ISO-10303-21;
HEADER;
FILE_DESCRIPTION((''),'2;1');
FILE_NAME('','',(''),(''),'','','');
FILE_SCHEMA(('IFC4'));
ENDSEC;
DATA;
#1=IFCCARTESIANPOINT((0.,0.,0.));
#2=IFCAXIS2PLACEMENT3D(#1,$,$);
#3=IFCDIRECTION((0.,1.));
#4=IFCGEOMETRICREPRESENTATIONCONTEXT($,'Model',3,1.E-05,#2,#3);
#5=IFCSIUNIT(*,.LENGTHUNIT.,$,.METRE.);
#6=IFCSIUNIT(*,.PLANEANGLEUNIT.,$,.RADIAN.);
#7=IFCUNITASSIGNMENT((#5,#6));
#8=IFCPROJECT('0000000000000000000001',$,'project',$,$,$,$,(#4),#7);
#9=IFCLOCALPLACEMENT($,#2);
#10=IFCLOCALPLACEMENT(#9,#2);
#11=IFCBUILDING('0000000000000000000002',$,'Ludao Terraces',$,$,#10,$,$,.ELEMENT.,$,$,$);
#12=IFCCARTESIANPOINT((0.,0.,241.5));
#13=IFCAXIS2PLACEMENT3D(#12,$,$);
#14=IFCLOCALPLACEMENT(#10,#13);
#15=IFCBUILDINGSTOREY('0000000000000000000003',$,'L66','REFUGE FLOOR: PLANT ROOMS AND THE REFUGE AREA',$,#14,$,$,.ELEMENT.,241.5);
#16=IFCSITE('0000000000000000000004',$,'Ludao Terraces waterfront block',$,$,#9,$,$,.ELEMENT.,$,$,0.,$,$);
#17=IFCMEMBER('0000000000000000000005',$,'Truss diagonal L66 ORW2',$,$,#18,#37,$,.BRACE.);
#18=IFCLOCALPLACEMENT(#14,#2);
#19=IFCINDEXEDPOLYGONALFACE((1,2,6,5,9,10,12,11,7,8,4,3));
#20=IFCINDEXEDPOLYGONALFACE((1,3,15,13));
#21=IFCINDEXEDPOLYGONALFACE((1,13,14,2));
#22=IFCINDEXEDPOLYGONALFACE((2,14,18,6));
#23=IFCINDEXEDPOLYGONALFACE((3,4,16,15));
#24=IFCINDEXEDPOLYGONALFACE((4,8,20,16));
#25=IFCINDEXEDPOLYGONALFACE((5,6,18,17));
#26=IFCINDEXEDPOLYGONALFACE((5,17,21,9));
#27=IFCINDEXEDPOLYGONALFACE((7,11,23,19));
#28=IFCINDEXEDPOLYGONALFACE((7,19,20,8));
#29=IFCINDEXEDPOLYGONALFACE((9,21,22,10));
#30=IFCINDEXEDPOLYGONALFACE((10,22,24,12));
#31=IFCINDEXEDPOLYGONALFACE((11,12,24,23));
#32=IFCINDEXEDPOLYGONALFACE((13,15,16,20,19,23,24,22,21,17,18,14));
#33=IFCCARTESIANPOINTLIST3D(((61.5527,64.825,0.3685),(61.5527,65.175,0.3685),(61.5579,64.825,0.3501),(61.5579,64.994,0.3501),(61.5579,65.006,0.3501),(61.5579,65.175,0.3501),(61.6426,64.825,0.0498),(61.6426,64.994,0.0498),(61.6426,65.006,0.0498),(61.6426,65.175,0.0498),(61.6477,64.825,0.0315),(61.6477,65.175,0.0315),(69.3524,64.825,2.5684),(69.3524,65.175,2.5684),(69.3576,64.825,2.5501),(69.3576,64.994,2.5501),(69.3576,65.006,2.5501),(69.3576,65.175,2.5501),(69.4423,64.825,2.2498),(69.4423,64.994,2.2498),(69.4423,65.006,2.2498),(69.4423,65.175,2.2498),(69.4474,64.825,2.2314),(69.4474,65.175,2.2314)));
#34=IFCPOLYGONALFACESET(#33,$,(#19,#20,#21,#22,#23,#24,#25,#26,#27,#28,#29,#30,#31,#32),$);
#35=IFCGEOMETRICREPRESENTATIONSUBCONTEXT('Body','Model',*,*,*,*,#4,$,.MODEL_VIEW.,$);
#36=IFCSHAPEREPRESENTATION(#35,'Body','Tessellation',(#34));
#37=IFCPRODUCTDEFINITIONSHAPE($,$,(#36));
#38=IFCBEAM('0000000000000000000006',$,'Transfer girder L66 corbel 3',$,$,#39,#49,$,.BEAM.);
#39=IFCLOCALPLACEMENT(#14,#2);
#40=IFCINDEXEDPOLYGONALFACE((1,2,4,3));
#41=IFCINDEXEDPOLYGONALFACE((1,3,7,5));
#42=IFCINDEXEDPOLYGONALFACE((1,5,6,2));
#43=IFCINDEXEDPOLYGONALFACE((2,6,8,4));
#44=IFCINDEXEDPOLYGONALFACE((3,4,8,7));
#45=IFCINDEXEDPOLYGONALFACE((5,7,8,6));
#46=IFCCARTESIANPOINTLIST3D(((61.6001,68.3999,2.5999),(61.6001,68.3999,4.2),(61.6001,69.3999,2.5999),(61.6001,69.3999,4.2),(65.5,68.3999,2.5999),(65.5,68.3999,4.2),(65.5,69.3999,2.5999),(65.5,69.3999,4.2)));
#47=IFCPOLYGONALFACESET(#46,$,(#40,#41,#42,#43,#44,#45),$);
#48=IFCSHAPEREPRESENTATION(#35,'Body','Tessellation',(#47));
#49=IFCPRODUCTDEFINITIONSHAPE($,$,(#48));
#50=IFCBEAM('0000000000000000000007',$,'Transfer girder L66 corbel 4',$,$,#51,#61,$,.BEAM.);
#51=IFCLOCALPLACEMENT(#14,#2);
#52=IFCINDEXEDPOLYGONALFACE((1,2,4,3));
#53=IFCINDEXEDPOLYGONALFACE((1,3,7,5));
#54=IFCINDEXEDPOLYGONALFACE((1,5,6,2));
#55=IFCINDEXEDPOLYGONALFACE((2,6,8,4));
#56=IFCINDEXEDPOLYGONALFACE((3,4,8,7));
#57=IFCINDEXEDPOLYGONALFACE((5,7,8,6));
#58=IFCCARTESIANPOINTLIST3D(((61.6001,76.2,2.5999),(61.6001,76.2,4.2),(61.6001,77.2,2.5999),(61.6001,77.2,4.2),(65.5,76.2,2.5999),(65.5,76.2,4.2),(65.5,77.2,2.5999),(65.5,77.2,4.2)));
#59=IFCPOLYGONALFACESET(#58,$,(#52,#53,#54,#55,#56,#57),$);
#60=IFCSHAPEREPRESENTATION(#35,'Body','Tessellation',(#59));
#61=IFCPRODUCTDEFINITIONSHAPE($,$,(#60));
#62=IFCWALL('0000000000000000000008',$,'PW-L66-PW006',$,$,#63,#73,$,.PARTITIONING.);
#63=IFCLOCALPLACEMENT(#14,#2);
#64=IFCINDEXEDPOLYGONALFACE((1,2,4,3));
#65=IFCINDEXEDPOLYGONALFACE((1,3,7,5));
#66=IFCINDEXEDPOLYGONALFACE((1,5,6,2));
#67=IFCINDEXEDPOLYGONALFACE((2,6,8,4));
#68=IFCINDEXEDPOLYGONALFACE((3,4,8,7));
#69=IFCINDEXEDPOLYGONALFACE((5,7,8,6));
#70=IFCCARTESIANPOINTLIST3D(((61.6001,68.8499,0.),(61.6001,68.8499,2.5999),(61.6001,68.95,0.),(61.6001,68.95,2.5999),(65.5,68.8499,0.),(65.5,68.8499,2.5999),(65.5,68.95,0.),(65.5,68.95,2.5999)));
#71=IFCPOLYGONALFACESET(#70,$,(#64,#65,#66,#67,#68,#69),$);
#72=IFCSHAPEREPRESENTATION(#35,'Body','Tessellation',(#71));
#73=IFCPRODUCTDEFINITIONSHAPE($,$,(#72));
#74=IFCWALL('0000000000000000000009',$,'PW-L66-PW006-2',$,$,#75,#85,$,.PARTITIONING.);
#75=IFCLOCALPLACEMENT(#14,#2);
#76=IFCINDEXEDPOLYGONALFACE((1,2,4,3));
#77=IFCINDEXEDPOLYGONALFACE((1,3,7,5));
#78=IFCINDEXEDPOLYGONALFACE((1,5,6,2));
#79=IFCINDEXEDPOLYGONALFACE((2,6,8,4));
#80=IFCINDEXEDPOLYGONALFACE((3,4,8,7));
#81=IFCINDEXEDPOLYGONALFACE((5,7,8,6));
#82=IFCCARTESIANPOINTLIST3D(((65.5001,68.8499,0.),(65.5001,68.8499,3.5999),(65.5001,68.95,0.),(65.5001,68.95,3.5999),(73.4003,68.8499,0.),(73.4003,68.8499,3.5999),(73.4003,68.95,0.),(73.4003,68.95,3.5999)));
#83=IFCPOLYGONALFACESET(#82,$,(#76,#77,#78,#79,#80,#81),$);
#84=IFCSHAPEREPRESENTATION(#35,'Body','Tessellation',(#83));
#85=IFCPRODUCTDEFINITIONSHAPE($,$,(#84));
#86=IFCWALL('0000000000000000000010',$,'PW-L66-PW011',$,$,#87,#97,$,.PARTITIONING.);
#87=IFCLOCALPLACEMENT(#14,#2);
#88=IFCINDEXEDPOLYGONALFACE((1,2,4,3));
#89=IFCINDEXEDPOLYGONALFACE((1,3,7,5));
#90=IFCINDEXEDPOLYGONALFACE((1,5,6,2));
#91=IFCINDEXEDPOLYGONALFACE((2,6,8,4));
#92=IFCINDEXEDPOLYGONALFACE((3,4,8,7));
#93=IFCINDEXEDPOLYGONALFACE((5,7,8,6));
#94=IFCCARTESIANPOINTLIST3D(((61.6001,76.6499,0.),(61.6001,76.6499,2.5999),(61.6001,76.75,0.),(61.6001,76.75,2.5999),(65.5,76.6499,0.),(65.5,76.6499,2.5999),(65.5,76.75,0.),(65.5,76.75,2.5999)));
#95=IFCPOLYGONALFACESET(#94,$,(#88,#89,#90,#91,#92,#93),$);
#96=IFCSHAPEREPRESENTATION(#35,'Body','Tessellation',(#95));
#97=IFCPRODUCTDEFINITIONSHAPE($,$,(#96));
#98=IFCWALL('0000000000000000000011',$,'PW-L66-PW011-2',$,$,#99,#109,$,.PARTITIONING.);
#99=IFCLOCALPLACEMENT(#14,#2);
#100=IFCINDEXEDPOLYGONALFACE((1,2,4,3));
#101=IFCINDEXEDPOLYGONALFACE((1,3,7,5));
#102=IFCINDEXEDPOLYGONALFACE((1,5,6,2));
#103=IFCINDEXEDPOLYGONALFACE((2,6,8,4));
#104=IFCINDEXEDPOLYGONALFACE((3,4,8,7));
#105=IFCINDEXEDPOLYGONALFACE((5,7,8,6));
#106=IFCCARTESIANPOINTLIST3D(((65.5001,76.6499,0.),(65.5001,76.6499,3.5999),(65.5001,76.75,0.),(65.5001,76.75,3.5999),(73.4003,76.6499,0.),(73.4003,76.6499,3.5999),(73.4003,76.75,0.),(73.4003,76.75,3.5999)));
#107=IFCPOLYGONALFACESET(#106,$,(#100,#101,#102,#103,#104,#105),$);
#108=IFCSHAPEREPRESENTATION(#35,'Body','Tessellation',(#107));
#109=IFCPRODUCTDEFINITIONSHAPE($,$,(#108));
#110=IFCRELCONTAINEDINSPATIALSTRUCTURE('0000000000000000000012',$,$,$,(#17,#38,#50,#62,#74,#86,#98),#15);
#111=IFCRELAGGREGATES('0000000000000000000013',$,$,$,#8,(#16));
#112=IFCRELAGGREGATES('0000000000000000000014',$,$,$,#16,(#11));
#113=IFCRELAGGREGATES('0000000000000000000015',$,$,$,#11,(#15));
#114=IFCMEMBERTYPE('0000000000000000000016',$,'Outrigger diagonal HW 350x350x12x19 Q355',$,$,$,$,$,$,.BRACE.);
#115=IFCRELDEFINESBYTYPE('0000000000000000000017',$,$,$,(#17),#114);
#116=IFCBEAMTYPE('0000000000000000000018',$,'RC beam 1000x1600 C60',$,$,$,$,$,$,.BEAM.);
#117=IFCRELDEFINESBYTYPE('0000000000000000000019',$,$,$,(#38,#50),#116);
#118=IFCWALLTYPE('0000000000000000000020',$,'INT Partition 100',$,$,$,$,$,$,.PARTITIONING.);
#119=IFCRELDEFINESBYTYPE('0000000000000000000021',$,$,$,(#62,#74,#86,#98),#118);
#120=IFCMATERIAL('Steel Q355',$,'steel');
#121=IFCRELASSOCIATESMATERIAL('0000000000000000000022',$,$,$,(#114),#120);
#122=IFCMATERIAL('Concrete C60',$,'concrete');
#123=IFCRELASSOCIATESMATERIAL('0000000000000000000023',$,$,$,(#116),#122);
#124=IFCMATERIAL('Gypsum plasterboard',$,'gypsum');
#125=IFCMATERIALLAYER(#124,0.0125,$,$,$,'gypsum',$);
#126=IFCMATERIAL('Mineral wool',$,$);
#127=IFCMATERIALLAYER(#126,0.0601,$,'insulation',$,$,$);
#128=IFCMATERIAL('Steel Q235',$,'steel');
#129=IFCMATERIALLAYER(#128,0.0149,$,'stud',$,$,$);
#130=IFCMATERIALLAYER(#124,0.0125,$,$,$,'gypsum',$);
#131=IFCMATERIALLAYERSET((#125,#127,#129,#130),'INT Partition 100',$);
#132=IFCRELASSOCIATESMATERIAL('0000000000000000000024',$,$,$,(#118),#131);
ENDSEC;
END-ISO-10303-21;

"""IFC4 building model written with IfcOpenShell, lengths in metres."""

from ifc_helpers import new_model, si_unit, direction, frame, frame_2d, origin, origin_2d, place, context, subcontext, project, spatial, rectangle, i_section, extrude, material, layer, layer_set, material_profile, profile_set, type_object, element, save


model = new_model("IFC4")

# Units and contexts
model_context = context("Model", 3, precision=1e-05, world=origin(), true_north=direction((0.0, 1.0)))
body_context = subcontext(model_context, "Body", "Model", "MODEL_VIEW")
ifc_project = project(units=[si_unit("LENGTHUNIT", "METRE"), si_unit("PLANEANGLEUNIT", "RADIAN")], contexts=[model_context])

# Site, building, storey
site_placement = place(None, origin())
site = spatial("IfcSite", under=ifc_project, at=site_placement, Name="Ludao Terraces waterfront block", CompositionType="ELEMENT", RefElevation=0.0)
building_placement = place(site_placement, origin())
building = spatial("IfcBuilding", under=site, at=building_placement, Name="Ludao Terraces", CompositionType="ELEMENT")
storey_placement = place(building_placement, frame((0.0, 0.0, 241.5)))
storey = spatial("IfcBuildingStorey", under=building, at=storey_placement, Name="L66", Description="REFUGE FLOOR: PLANT ROOMS AND THE REFUGE AREA", CompositionType="ELEMENT", Elevation=241.5)

# Member
ifc_material_1 = material(Name="Steel Q355", Category="steel")
ifc_material_profile_1 = material_profile(ifc_material_1, i_section(OverallWidth=0.3501, OverallDepth=0.3501, WebThickness=0.012, FlangeThickness=0.019, at=origin_2d()), Name="HW 350X350X12X19")
ifc_profile_set_1 = profile_set([ifc_material_profile_1], Name="Steel Q355")
member_type_1 = type_object("IfcMemberType", Name="Outrigger diagonal HW 350x350x12x19 Q355", PredefinedType="BRACE", material=ifc_profile_set_1)
member_1_placement = place(storey_placement, frame((69.3999, 65.0, 2.3999), z_axis=(-0.962449, 0.0, -0.271461), x_axis=(0.0, -1.0, 0.0)))
element("IfcMember", 1, at=member_1_placement, inside=storey, type_object=member_type_1, Name="Truss diagonal L66 ORW2", PredefinedType="BRACE", context=body_context, shape_type="SweptSolid", body=[
    extrude(i_section(OverallWidth=0.3501, OverallDepth=0.3501, WebThickness=0.012, FlangeThickness=0.019, at=origin_2d()), origin(), (0.0, 0.0, 1.0), 8.104),
])

# Beams
ifc_material_2 = material(Name="Concrete C60", Category="concrete")
ifc_material_profile_2 = material_profile(ifc_material_2, rectangle(XDim=1.0, YDim=1.6001, at=origin_2d()), Name="1000 X 1600")
ifc_profile_set_2 = profile_set([ifc_material_profile_2], Name="Concrete C60")
beam_type = type_object("IfcBeamType", Name="RC beam 1000x1600 C60", PredefinedType="BEAM", material=ifc_profile_set_2)
for number, where, z_axis, x_axis, name in (
    (2, (61.6001, 68.8999, 3.3999), (1.0, 0.0, 0.0), (0.0, 1.0, 0.0), "Transfer girder L66 corbel 3"),
    (3, (61.6001, 76.7, 3.3999), (1.0, 0.0, 0.0), (0.0, 1.0, 0.0), "Transfer girder L66 corbel 4"),
):
    element("IfcBeam", number, at=place(storey_placement, frame(where, z_axis=z_axis, x_axis=x_axis)), inside=storey, type_object=beam_type, Name=name, PredefinedType="BEAM", context=body_context, shape_type="SweptSolid", body=[
        extrude(rectangle(XDim=1.0, YDim=1.6001, at=origin_2d()), origin(), (0.0, 0.0, 1.0), 3.8999),
    ])

# Walls
ifc_material_3 = material(Name="Gypsum plasterboard", Category="gypsum")
ifc_layer_1 = layer(ifc_material_3, 0.0125, Category="gypsum")
ifc_material_4 = material(Name="Mineral wool")
ifc_layer_2 = layer(ifc_material_4, 0.0601, Name="insulation")
ifc_material_5 = material(Name="Steel Q235", Category="steel")
ifc_layer_3 = layer(ifc_material_5, 0.0149, Name="stud")
ifc_layer_4 = layer(ifc_material_3, 0.0125, Category="gypsum")
ifc_layer_set = layer_set([ifc_layer_1, ifc_layer_2, ifc_layer_3, ifc_layer_4], Name="INT Partition 100")
wall_type = type_object("IfcWallType", Name="INT Partition 100", PredefinedType="PARTITIONING", material=ifc_layer_set)
wall_1_placement = place(storey_placement, frame((61.6001, 68.8999, 0.0), z_axis=(0.0, 0.0, 1.0), x_axis=(1.0, 0.0, 0.0)))
element("IfcWall", 4, at=wall_1_placement, inside=storey, type_object=wall_type, Name="PW-L66-PW006", PredefinedType="PARTITIONING", context=body_context, shape_type="SweptSolid", body=[
    extrude(rectangle(XDim=3.8999, YDim=0.1001, at=frame_2d((1.95, 0.0))), origin(), (0.0, 0.0, 1.0), 2.5999),
])
wall_2_placement = place(storey_placement, frame((65.5, 68.8999, 0.0), z_axis=(0.0, 0.0, 1.0), x_axis=(1.0, 0.0, 0.0)))
element("IfcWall", 5, at=wall_2_placement, inside=storey, type_object=wall_type, Name="PW-L66-PW006-2", PredefinedType="PARTITIONING", context=body_context, shape_type="SweptSolid", body=[
    extrude(rectangle(XDim=7.9001, YDim=0.1001, at=frame_2d((3.9502, 0.0))), origin(), (0.0, 0.0, 1.0), 3.5999),
])
wall_3_placement = place(storey_placement, frame((61.6001, 76.7, 0.0), z_axis=(0.0, 0.0, 1.0), x_axis=(1.0, 0.0, 0.0)))
element("IfcWall", 6, at=wall_3_placement, inside=storey, type_object=wall_type, Name="PW-L66-PW011", PredefinedType="PARTITIONING", context=body_context, shape_type="SweptSolid", body=[
    extrude(rectangle(XDim=3.8999, YDim=0.1001, at=frame_2d((1.95, 0.0))), origin(), (0.0, 0.0, 1.0), 2.5999),
])
wall_4_placement = place(storey_placement, frame((65.5, 76.7, 0.0), z_axis=(0.0, 0.0, 1.0), x_axis=(1.0, 0.0, 0.0)))
element("IfcWall", 7, at=wall_4_placement, inside=storey, type_object=wall_type, Name="PW-L66-PW011-2", PredefinedType="PARTITIONING", context=body_context, shape_type="SweptSolid", body=[
    extrude(rectangle(XDim=7.9001, YDim=0.1001, at=frame_2d((3.9502, 0.0))), origin(), (0.0, 0.0, 1.0), 3.5999),
])

save(model, "model.ifc")
